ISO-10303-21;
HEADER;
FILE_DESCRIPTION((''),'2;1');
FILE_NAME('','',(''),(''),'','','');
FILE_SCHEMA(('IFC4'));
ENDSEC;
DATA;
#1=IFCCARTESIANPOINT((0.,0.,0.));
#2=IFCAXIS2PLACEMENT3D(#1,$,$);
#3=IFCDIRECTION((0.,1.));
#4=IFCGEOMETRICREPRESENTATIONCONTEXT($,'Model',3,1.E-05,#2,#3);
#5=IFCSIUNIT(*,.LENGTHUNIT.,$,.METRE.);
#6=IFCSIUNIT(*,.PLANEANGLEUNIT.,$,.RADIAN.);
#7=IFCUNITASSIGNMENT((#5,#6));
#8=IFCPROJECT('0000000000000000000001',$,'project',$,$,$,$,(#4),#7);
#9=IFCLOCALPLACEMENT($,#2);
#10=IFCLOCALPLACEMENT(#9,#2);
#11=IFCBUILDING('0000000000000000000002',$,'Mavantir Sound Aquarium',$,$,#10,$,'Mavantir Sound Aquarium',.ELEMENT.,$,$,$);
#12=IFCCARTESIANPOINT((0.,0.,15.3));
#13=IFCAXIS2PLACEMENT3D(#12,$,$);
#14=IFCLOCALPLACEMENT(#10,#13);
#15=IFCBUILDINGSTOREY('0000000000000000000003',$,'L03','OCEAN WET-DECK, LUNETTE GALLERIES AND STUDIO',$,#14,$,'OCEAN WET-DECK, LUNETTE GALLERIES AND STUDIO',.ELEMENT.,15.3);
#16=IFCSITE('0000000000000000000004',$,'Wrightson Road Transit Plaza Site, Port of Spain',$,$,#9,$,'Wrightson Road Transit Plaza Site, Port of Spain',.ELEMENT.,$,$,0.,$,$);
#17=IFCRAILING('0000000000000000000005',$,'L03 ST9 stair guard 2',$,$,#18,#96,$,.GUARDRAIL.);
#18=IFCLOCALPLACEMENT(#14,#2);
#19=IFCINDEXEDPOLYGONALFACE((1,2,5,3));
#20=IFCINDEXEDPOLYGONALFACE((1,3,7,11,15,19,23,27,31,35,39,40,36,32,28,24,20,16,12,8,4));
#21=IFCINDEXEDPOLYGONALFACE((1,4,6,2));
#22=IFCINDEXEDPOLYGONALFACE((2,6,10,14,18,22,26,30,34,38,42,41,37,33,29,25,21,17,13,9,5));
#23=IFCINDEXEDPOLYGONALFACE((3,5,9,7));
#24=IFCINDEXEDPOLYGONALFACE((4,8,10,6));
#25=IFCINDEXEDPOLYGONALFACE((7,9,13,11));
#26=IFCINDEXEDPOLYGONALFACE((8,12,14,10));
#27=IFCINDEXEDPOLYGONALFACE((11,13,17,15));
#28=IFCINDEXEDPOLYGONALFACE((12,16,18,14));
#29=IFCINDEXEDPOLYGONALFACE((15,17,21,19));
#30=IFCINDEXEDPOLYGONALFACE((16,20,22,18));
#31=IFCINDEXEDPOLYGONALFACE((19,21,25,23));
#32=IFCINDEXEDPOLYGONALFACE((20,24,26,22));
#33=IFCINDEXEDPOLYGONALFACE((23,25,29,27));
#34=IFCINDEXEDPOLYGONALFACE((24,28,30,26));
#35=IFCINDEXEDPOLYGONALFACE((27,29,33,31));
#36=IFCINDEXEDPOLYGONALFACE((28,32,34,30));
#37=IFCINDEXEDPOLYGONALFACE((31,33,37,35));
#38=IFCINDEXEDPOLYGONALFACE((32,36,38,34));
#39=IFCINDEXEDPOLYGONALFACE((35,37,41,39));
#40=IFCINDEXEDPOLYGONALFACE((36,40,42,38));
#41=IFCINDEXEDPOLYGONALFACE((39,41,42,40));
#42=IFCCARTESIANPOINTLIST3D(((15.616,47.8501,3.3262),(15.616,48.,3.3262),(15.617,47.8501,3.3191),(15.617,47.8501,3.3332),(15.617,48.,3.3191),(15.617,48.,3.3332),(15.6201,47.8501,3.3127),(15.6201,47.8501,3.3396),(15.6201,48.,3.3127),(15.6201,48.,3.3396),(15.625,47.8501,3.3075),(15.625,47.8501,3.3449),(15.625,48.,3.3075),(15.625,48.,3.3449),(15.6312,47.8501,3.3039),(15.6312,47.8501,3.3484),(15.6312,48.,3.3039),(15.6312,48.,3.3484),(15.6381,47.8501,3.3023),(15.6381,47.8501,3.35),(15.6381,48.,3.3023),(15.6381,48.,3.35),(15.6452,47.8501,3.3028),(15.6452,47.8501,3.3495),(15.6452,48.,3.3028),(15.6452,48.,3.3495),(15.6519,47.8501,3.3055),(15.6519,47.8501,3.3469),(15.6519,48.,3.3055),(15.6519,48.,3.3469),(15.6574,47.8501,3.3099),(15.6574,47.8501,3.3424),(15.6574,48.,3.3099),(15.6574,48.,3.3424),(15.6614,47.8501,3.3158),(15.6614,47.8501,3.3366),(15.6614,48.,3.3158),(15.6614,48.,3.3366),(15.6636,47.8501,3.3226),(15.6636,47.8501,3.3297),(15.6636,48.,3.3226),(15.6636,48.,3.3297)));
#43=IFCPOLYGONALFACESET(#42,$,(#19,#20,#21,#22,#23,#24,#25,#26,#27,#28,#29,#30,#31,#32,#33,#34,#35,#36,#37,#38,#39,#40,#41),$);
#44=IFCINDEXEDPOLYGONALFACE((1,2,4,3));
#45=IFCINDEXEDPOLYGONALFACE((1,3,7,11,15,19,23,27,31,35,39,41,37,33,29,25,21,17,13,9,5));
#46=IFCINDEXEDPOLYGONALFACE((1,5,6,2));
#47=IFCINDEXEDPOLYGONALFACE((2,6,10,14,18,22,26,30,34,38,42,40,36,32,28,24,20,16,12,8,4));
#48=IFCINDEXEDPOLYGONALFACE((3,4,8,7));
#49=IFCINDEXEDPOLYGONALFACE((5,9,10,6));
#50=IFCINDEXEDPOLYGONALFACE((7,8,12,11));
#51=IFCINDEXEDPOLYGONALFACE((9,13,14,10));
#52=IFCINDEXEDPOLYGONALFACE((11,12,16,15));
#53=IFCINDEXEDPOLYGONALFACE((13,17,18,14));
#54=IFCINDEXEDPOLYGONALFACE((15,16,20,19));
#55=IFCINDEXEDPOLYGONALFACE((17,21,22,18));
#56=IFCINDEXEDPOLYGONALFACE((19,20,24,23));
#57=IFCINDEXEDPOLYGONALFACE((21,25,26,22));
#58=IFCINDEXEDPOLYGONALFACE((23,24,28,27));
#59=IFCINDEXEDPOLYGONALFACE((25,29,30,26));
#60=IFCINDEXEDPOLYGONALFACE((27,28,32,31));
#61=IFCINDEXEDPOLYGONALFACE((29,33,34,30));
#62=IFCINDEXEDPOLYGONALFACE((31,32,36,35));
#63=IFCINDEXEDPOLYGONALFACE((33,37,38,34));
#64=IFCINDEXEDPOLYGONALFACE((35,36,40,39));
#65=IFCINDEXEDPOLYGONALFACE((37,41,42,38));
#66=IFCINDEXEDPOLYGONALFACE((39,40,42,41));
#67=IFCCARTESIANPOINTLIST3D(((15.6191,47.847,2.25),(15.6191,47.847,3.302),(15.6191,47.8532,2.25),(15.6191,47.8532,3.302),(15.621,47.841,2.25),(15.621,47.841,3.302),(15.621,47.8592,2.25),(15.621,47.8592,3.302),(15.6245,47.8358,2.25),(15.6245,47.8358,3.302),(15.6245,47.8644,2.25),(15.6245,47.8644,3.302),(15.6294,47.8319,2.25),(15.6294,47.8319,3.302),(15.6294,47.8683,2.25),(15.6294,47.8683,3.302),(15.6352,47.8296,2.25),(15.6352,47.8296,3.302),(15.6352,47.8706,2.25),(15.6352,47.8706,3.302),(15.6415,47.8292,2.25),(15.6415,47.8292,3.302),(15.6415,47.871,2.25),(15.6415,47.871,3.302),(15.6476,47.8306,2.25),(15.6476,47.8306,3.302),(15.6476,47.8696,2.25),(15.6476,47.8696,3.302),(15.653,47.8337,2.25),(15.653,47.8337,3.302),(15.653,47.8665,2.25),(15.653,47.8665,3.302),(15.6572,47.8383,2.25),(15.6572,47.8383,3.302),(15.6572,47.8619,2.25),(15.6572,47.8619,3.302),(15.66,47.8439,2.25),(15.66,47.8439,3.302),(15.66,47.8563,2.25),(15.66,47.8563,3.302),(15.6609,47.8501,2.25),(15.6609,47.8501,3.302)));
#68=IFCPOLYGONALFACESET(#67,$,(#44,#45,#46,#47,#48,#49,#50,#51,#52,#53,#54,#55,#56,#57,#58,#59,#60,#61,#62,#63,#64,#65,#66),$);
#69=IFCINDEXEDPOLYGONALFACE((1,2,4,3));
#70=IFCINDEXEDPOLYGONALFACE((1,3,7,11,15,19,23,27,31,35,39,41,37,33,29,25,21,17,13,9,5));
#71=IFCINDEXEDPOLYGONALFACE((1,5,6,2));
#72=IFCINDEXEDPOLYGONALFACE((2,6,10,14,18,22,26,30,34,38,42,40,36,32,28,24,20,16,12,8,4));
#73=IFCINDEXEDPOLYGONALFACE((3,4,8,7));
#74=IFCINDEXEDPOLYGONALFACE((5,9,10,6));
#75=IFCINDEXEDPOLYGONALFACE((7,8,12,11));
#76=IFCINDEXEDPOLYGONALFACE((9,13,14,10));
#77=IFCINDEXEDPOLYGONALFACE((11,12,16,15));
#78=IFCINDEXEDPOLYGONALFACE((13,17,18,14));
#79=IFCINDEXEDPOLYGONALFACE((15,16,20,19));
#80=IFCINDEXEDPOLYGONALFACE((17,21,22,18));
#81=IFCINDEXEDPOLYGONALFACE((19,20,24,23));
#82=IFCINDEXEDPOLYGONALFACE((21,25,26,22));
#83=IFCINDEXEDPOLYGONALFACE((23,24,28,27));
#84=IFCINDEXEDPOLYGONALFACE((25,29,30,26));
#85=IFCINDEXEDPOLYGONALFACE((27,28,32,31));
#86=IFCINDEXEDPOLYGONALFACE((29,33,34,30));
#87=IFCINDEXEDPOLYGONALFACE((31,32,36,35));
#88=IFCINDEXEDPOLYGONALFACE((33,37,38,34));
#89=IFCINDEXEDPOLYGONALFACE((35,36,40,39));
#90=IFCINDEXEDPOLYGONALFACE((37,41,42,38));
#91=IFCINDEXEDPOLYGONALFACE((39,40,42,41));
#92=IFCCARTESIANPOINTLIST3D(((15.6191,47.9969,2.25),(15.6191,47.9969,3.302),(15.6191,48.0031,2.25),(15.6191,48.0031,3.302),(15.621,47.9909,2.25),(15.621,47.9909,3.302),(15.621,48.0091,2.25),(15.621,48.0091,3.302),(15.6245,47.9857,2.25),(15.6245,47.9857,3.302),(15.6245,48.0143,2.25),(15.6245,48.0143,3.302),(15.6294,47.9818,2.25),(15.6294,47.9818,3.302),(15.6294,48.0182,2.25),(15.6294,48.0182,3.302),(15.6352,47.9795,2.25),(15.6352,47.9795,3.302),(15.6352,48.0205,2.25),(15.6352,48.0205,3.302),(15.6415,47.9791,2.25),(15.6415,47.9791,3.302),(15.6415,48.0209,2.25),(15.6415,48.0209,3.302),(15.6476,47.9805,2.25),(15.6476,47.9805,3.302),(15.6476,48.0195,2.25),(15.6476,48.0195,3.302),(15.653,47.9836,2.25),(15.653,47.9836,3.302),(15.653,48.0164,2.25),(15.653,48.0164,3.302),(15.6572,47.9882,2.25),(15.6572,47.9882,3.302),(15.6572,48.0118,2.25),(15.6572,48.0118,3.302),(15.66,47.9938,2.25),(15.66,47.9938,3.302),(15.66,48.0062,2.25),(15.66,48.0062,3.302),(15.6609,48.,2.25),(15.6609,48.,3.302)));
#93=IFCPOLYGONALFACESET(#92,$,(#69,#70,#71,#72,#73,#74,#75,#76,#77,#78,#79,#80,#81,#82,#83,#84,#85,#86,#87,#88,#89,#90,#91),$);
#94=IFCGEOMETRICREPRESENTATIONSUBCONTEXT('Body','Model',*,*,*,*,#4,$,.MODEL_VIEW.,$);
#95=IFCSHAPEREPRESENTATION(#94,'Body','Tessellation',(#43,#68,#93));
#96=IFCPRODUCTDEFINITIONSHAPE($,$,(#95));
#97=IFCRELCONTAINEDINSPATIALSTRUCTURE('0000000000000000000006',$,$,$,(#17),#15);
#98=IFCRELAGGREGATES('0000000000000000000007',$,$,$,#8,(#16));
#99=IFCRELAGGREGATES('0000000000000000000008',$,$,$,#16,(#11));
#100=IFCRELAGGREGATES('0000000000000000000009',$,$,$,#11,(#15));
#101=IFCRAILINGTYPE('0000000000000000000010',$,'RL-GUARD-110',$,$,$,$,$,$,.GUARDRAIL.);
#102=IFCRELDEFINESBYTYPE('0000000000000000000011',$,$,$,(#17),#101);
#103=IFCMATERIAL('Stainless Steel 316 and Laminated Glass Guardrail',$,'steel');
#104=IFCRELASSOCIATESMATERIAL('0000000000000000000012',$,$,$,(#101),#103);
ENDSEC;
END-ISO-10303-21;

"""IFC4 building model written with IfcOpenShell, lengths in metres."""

from ifc_helpers import new_model, si_unit, direction, frame, origin, origin_2d, place, context, subcontext, project, spatial, circle, extrude, material, type_object, element, save


model = new_model("IFC4")

# Units and contexts
model_context = context("Model", 3, precision=1e-05, world=origin(), true_north=direction((0.0, 1.0)))
body_context = subcontext(model_context, "Body", "Model", "MODEL_VIEW")
ifc_project = project(units=[si_unit("LENGTHUNIT", "METRE"), si_unit("PLANEANGLEUNIT", "RADIAN")], contexts=[model_context])

# Site, building, storey
site_placement = place(None, origin())
site = spatial("IfcSite", under=ifc_project, at=site_placement, Name="Wrightson Road Transit Plaza Site, Port of Spain", LongName="Wrightson Road Transit Plaza Site, Port of Spain", CompositionType="ELEMENT", RefElevation=0.0)
building_placement = place(site_placement, origin())
building = spatial("IfcBuilding", under=site, at=building_placement, Name="Mavantir Sound Aquarium", LongName="Mavantir Sound Aquarium", CompositionType="ELEMENT")
storey_placement = place(building_placement, frame((0.0, 0.0, 15.3)))
storey = spatial("IfcBuildingStorey", under=building, at=storey_placement, Name="L03", Description="OCEAN WET-DECK, LUNETTE GALLERIES AND STUDIO", LongName="OCEAN WET-DECK, LUNETTE GALLERIES AND STUDIO", CompositionType="ELEMENT", Elevation=15.3)

# Railing
ifc_material_1 = material(Name="Stainless Steel 316 and Laminated Glass Guardrail", Category="steel")
railing_type_1 = type_object("IfcRailingType", Name="RL-GUARD-110", PredefinedType="GUARDRAIL", material=ifc_material_1)
railing_1_placement = place(storey_placement, frame((15.6399, 47.8501, 2.25)))
element("IfcRailing", 1, at=railing_1_placement, inside=storey, type_object=railing_type_1, Name="L03 ST9 stair guard 2", PredefinedType="GUARDRAIL", context=body_context, shape_type="SweptSolid", body=[
    extrude(circle(Radius=0.0239, at=origin_2d()), frame((0.0, 0.0, 1.0762), z_axis=(0.0, 1.0, 0.0), x_axis=(-1.0, 0.0, 0.0)), (0.0, 0.0, 1.0), 0.1499),
    extrude(circle(Radius=0.021, at=origin_2d()), origin(), (0.0, 0.0, 1.0), 1.052),
    extrude(circle(Radius=0.021, at=origin_2d()), frame((0.0, 0.1499, 0.0)), (0.0, 0.0, 1.0), 1.052),
])

save(model, "model.ifc")
